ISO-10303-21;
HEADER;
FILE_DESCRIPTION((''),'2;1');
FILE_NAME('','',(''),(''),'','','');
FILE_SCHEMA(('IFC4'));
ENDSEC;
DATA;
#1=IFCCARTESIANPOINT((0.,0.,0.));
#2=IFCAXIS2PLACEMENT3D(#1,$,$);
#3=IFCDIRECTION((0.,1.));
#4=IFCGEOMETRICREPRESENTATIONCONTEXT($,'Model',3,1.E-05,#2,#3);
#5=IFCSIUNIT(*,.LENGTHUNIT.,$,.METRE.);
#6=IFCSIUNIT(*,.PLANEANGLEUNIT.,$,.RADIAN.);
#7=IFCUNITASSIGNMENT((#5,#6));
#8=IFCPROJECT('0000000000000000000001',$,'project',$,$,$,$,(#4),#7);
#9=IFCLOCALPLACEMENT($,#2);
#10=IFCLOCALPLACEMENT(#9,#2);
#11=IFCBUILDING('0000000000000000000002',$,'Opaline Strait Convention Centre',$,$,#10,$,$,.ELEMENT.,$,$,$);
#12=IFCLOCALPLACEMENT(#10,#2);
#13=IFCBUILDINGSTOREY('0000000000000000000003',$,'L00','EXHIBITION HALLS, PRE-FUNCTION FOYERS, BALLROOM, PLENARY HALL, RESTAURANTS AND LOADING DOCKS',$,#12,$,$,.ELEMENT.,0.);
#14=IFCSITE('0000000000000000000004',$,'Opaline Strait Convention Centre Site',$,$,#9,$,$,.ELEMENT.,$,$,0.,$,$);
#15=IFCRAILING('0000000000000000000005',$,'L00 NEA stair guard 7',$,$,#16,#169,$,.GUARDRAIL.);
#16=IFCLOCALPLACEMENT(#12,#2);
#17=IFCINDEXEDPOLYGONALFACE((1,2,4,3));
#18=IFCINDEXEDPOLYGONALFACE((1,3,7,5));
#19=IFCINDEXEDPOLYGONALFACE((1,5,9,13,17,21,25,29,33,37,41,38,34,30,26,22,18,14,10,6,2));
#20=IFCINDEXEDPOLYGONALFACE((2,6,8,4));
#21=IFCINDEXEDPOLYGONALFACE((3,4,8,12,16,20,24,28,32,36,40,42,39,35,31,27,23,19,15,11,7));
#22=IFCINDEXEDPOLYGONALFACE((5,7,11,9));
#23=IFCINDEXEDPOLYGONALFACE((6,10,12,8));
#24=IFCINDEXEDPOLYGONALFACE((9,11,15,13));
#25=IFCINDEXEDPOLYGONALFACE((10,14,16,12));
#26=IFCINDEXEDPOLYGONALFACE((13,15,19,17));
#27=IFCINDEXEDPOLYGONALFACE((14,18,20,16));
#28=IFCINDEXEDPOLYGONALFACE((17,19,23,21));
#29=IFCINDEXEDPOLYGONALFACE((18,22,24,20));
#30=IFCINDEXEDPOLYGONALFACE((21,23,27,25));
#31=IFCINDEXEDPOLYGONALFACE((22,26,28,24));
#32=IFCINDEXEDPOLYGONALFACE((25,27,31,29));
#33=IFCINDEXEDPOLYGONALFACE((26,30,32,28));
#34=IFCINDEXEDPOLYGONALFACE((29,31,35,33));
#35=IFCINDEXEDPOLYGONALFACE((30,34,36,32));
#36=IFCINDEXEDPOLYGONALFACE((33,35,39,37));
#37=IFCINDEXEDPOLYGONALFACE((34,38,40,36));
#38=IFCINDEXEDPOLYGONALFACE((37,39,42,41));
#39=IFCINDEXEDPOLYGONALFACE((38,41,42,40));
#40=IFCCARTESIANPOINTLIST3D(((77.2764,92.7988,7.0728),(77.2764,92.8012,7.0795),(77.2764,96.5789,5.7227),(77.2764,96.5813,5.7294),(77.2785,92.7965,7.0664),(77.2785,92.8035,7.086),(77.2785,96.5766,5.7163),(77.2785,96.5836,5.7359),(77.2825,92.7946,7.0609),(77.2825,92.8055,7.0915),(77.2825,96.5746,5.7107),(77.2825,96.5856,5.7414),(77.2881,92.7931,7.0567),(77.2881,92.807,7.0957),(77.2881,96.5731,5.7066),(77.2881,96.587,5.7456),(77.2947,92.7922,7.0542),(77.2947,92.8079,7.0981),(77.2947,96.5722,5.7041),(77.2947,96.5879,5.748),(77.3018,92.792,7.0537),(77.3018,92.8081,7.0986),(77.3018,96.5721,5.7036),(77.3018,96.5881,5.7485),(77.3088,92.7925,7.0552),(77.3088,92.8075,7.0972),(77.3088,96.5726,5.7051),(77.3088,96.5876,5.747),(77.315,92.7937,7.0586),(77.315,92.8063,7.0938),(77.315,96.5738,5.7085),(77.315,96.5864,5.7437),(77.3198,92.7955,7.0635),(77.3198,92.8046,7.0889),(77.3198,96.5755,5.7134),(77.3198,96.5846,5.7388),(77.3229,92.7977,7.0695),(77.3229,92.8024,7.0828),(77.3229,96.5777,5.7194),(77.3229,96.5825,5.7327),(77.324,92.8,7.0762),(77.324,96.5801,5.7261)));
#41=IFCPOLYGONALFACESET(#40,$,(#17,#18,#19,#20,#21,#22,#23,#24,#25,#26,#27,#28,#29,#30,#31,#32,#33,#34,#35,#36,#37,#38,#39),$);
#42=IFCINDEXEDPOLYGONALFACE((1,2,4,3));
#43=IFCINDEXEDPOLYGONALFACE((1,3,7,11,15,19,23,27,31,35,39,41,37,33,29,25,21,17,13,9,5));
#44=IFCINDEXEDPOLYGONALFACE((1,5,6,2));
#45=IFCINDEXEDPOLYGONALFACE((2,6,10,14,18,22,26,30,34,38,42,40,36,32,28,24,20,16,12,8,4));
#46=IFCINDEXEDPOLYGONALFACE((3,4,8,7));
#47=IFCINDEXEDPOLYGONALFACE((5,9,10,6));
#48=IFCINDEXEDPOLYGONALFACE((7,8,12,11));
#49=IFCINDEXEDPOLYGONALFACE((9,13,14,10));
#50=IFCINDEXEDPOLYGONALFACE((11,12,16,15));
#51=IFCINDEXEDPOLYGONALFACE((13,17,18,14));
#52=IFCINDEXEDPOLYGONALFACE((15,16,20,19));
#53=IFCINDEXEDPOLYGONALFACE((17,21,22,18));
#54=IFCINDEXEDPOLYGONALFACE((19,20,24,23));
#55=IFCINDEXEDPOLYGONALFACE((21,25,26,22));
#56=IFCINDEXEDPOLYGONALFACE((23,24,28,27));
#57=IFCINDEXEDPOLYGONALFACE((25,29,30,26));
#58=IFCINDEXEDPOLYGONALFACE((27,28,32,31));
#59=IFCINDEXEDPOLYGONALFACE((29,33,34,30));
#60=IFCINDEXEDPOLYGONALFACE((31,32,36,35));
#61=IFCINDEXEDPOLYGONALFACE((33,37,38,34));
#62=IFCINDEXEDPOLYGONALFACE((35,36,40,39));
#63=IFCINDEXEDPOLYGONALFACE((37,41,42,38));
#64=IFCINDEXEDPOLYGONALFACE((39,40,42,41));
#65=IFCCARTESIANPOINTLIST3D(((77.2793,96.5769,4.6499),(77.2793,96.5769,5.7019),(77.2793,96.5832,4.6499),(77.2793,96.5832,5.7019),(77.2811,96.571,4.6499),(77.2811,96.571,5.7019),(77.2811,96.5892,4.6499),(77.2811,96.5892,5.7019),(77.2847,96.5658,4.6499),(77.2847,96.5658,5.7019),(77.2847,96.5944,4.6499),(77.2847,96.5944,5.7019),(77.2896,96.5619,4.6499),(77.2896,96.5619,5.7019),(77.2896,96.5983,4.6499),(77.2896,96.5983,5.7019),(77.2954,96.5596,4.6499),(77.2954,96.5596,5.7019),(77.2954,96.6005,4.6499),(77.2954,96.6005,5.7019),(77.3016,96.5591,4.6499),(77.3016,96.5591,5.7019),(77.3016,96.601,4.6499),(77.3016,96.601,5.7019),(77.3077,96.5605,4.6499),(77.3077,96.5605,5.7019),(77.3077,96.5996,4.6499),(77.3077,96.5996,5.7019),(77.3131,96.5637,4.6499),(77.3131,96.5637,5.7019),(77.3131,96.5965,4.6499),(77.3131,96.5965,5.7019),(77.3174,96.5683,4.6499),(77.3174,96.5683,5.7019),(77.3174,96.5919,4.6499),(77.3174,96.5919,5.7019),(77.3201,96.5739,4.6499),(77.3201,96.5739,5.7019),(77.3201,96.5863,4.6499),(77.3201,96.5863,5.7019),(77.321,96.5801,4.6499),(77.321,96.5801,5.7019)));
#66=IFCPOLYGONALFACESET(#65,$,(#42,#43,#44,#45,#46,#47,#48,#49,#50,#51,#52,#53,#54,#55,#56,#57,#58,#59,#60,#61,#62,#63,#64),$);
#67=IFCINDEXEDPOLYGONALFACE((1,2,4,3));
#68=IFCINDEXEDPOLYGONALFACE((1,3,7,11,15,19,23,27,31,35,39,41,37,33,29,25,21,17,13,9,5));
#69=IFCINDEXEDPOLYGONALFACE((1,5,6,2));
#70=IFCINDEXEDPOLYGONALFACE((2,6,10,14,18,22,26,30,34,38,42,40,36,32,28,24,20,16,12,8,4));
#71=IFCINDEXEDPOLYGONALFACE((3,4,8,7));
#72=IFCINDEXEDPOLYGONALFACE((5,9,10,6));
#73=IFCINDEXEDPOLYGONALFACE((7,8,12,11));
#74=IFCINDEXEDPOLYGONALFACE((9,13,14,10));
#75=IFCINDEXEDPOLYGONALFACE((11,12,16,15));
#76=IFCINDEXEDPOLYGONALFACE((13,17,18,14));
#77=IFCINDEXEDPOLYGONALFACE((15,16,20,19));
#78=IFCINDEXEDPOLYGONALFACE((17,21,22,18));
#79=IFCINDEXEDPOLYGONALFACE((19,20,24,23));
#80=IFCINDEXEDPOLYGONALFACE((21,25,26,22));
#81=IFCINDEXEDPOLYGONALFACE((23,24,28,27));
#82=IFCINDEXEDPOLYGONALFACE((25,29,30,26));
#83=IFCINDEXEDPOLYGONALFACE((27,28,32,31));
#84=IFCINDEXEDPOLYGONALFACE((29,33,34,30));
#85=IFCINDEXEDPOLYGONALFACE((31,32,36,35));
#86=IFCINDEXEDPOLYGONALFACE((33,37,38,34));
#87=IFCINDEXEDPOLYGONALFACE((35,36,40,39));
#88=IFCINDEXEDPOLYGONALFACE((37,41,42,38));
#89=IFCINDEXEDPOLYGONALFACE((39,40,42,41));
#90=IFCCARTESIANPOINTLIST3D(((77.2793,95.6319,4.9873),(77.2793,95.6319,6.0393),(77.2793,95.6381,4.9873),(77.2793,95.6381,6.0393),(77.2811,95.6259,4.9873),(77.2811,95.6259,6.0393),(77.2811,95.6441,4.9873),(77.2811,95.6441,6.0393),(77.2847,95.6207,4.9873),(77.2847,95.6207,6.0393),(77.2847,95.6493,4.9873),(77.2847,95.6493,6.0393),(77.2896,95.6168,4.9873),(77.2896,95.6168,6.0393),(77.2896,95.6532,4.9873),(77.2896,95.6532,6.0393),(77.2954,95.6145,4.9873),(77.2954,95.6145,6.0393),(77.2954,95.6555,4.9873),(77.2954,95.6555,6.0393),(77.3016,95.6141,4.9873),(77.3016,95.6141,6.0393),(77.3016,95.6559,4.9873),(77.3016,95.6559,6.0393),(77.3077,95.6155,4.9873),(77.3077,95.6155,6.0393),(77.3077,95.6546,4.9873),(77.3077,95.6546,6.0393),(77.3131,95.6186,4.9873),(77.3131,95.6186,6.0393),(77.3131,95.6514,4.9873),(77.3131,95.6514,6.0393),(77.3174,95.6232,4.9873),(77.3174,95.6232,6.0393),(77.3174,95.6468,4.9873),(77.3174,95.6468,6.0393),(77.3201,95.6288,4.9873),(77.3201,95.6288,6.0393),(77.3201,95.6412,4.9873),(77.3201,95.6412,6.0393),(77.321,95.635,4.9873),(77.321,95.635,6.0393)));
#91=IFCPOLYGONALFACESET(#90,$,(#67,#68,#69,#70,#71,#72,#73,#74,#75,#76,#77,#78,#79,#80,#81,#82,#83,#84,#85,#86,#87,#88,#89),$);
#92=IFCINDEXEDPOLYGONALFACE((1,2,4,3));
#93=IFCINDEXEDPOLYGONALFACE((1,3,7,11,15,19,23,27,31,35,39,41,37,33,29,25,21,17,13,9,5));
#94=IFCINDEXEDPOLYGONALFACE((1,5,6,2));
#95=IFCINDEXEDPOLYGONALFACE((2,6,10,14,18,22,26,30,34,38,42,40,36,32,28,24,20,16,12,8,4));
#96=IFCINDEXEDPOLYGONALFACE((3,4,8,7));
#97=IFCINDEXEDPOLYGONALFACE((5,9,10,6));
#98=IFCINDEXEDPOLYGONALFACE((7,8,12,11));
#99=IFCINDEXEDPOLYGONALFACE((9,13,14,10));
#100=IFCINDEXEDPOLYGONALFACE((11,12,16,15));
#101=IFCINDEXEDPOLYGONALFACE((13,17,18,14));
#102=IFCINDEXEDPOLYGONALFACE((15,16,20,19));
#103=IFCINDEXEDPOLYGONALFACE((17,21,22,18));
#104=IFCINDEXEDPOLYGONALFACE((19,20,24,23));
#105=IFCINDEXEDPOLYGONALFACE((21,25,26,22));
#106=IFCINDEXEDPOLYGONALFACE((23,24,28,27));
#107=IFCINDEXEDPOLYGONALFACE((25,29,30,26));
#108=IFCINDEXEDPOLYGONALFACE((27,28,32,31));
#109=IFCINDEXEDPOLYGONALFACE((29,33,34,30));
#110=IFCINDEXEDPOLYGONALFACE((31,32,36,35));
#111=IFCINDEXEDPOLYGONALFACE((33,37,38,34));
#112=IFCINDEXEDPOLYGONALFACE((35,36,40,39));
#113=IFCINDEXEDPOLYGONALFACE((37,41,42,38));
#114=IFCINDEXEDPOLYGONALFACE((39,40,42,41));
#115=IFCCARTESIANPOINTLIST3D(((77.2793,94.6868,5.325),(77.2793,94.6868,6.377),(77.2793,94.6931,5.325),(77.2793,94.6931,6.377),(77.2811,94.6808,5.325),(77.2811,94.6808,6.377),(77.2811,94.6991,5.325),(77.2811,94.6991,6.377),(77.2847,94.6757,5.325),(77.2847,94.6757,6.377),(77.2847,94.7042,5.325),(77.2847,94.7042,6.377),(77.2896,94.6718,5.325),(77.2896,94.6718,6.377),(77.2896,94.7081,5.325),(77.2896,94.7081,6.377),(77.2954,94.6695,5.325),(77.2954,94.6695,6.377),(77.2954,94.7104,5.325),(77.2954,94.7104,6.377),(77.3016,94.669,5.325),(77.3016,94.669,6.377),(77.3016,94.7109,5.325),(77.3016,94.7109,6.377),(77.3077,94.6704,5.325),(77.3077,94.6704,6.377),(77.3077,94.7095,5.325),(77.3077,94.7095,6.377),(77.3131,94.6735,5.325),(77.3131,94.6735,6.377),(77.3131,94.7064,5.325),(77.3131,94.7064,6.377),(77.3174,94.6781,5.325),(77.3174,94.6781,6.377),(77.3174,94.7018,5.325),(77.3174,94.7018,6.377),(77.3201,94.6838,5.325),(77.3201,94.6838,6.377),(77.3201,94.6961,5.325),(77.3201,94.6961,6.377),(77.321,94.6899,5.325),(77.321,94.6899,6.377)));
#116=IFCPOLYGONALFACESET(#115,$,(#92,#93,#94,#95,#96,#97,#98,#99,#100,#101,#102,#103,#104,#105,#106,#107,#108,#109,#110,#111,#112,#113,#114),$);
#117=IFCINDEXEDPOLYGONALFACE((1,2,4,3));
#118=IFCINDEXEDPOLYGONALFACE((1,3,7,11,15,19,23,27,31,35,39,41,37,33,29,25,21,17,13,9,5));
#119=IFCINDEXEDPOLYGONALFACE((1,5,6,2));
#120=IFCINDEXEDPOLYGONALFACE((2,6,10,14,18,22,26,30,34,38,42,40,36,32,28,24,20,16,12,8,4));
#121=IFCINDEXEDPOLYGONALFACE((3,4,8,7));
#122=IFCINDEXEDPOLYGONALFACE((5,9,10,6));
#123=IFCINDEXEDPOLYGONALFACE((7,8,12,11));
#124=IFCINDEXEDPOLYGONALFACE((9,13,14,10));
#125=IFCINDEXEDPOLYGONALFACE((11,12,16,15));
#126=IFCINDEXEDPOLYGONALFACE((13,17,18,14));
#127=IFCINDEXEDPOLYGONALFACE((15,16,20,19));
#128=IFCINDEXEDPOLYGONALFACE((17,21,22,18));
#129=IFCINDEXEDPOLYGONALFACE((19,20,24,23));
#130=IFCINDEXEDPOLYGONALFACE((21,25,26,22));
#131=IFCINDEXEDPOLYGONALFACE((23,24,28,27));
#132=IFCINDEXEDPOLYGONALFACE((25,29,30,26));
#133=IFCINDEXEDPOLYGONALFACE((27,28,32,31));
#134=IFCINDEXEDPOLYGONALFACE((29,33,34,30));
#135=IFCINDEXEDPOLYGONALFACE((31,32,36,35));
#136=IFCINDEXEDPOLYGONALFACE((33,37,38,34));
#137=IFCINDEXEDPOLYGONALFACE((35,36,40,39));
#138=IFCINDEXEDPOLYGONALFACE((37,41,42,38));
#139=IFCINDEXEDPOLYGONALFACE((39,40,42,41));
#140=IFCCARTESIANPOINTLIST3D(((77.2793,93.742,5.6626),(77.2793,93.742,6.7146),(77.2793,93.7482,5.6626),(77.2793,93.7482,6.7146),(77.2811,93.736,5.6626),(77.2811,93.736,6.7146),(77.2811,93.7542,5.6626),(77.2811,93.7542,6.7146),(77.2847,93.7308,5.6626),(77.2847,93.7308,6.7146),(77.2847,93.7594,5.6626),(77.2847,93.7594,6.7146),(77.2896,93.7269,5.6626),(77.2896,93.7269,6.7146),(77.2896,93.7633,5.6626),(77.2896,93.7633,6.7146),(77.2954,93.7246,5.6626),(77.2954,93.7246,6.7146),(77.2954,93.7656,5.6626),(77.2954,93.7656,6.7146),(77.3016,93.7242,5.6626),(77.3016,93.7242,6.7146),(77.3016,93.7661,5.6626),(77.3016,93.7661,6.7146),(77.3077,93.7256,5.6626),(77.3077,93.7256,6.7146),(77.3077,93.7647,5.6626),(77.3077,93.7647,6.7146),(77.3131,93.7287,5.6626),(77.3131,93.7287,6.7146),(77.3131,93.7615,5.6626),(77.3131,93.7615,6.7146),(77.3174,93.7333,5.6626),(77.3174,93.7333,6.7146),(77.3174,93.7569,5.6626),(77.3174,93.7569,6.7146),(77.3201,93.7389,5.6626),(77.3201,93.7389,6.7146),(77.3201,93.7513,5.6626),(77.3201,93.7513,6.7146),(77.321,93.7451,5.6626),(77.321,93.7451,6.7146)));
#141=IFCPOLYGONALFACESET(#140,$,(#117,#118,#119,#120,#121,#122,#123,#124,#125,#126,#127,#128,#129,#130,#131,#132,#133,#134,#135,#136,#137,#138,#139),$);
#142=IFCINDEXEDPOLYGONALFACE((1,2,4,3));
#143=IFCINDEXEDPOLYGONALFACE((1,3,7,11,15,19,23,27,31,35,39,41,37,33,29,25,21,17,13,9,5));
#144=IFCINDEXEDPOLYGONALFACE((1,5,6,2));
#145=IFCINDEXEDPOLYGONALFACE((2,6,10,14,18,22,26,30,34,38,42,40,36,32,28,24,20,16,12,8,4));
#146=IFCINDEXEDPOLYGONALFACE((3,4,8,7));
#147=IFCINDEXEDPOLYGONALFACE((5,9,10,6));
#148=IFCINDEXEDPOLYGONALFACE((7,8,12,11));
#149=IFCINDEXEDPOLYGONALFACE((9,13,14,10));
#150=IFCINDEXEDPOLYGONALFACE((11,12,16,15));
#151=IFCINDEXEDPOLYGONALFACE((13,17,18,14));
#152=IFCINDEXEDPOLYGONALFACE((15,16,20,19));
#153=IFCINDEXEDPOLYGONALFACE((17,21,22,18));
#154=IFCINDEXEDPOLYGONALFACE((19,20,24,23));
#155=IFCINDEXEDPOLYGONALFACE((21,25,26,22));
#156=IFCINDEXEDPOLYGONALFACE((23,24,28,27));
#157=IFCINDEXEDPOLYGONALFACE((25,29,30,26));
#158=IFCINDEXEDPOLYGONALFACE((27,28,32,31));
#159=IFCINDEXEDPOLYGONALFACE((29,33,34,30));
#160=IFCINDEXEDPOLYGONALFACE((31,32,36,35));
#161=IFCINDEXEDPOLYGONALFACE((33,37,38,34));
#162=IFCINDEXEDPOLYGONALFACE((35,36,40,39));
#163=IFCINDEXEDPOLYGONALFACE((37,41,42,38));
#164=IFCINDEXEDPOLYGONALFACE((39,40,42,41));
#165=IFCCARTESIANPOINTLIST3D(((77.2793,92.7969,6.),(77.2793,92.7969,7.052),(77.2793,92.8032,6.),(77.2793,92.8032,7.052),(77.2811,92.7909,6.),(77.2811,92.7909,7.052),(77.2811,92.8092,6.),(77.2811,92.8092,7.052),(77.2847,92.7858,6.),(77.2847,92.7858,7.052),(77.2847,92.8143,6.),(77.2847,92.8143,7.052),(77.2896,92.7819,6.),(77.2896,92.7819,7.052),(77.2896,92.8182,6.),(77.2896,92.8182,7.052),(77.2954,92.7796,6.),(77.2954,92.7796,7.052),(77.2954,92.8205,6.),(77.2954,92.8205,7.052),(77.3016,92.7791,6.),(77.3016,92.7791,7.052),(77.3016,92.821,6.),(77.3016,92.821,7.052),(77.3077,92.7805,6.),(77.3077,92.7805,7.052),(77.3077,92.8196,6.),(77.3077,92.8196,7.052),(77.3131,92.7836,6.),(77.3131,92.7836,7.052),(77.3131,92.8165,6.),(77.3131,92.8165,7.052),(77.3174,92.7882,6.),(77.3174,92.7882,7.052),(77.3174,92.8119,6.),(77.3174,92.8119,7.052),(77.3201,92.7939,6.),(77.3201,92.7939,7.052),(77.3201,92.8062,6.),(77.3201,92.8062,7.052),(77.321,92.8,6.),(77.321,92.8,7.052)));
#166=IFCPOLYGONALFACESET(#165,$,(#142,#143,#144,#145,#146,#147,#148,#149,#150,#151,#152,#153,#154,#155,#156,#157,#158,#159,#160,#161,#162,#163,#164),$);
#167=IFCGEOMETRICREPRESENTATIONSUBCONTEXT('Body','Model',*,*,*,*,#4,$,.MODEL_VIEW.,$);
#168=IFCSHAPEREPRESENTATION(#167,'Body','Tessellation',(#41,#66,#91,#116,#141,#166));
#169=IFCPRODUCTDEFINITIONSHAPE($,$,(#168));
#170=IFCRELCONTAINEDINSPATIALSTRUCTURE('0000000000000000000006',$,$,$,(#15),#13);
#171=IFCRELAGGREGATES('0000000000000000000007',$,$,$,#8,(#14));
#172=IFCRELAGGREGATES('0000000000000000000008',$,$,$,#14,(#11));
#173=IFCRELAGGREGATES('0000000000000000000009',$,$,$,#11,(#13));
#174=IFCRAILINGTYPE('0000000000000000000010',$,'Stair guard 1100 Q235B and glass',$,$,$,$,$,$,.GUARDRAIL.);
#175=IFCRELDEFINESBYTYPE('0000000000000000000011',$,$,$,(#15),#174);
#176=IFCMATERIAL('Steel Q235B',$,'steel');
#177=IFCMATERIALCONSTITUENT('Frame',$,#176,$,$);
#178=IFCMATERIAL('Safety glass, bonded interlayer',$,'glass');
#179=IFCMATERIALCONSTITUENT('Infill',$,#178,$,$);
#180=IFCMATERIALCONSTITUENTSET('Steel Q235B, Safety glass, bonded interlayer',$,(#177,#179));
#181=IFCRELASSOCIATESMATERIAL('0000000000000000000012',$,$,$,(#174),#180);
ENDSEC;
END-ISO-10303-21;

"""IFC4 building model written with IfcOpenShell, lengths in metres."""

from ifc_helpers import new_model, si_unit, direction, frame, origin, origin_2d, place, context, subcontext, project, spatial, circle, extrude, material, constituent, constituent_set, type_object, element, save


model = new_model("IFC4")

# Units and contexts
model_context = context("Model", 3, precision=1e-05, world=origin(), true_north=direction((0.0, 1.0)))
body_context = subcontext(model_context, "Body", "Model", "MODEL_VIEW")
ifc_project = project(units=[si_unit("LENGTHUNIT", "METRE"), si_unit("PLANEANGLEUNIT", "RADIAN")], contexts=[model_context])

# Site, building, storey
site_placement = place(None, origin())
site = spatial("IfcSite", under=ifc_project, at=site_placement, Name="Opaline Strait Convention Centre Site", CompositionType="ELEMENT", RefElevation=0.0)
building_placement = place(site_placement, origin())
building = spatial("IfcBuilding", under=site, at=building_placement, Name="Opaline Strait Convention Centre", CompositionType="ELEMENT")
storey_placement = place(building_placement, origin())
storey = spatial("IfcBuildingStorey", under=building, at=storey_placement, Name="L00", Description="EXHIBITION HALLS, PRE-FUNCTION FOYERS, BALLROOM, PLENARY HALL, RESTAURANTS AND LOADING DOCKS", CompositionType="ELEMENT", Elevation=0.0)

# Railing
ifc_material_1 = material(Name="Steel Q235B", Category="steel")
ifc_constituent_1 = constituent(ifc_material_1, Name="Frame")
ifc_material_2 = material(Name="Safety glass, bonded interlayer", Category="glass")
ifc_constituent_2 = constituent(ifc_material_2, Name="Infill")
ifc_constituent_set = constituent_set(constituents=[ifc_constituent_1, ifc_constituent_2], Name="Steel Q235B, Safety glass, bonded interlayer")
railing_type_1 = type_object("IfcRailingType", Name="Stair guard 1100 Q235B and glass", PredefinedType="GUARDRAIL", material=ifc_constituent_set)
railing_1_placement = place(storey_placement, frame((77.3, 96.5801, 4.6499)))
element("IfcRailing", 1, at=railing_1_placement, inside=storey, type_object=railing_type_1, Name="L00 NEA stair guard 7", PredefinedType="GUARDRAIL", context=body_context, shape_type="SweptSolid", body=[
    extrude(circle(Radius=0.0239, at=origin_2d()), frame((0.0, 0.0, 1.0762), z_axis=(0.0, -0.941735, 0.336356), x_axis=(1.0, 0.0, 0.0)), (0.0, 0.0, 1.0), 4.0139),
    extrude(circle(Radius=0.021, at=origin_2d()), origin(), (0.0, 0.0, 1.0), 1.052),
    extrude(circle(Radius=0.021, at=origin_2d()), frame((0.0, -0.9451, 0.3374)), (0.0, 0.0, 1.0), 1.052),
    extrude(circle(Radius=0.021, at=origin_2d()), frame((0.0, -1.8901, 0.675)), (0.0, 0.0, 1.0), 1.052),
    extrude(circle(Radius=0.021, at=origin_2d()), frame((0.0, -2.835, 1.0127)), (0.0, 0.0, 1.0), 1.052),
    extrude(circle(Radius=0.021, at=origin_2d()), frame((0.0, -3.78, 1.3501)), (0.0, 0.0, 1.0), 1.052),
])

save(model, "model.ifc")
